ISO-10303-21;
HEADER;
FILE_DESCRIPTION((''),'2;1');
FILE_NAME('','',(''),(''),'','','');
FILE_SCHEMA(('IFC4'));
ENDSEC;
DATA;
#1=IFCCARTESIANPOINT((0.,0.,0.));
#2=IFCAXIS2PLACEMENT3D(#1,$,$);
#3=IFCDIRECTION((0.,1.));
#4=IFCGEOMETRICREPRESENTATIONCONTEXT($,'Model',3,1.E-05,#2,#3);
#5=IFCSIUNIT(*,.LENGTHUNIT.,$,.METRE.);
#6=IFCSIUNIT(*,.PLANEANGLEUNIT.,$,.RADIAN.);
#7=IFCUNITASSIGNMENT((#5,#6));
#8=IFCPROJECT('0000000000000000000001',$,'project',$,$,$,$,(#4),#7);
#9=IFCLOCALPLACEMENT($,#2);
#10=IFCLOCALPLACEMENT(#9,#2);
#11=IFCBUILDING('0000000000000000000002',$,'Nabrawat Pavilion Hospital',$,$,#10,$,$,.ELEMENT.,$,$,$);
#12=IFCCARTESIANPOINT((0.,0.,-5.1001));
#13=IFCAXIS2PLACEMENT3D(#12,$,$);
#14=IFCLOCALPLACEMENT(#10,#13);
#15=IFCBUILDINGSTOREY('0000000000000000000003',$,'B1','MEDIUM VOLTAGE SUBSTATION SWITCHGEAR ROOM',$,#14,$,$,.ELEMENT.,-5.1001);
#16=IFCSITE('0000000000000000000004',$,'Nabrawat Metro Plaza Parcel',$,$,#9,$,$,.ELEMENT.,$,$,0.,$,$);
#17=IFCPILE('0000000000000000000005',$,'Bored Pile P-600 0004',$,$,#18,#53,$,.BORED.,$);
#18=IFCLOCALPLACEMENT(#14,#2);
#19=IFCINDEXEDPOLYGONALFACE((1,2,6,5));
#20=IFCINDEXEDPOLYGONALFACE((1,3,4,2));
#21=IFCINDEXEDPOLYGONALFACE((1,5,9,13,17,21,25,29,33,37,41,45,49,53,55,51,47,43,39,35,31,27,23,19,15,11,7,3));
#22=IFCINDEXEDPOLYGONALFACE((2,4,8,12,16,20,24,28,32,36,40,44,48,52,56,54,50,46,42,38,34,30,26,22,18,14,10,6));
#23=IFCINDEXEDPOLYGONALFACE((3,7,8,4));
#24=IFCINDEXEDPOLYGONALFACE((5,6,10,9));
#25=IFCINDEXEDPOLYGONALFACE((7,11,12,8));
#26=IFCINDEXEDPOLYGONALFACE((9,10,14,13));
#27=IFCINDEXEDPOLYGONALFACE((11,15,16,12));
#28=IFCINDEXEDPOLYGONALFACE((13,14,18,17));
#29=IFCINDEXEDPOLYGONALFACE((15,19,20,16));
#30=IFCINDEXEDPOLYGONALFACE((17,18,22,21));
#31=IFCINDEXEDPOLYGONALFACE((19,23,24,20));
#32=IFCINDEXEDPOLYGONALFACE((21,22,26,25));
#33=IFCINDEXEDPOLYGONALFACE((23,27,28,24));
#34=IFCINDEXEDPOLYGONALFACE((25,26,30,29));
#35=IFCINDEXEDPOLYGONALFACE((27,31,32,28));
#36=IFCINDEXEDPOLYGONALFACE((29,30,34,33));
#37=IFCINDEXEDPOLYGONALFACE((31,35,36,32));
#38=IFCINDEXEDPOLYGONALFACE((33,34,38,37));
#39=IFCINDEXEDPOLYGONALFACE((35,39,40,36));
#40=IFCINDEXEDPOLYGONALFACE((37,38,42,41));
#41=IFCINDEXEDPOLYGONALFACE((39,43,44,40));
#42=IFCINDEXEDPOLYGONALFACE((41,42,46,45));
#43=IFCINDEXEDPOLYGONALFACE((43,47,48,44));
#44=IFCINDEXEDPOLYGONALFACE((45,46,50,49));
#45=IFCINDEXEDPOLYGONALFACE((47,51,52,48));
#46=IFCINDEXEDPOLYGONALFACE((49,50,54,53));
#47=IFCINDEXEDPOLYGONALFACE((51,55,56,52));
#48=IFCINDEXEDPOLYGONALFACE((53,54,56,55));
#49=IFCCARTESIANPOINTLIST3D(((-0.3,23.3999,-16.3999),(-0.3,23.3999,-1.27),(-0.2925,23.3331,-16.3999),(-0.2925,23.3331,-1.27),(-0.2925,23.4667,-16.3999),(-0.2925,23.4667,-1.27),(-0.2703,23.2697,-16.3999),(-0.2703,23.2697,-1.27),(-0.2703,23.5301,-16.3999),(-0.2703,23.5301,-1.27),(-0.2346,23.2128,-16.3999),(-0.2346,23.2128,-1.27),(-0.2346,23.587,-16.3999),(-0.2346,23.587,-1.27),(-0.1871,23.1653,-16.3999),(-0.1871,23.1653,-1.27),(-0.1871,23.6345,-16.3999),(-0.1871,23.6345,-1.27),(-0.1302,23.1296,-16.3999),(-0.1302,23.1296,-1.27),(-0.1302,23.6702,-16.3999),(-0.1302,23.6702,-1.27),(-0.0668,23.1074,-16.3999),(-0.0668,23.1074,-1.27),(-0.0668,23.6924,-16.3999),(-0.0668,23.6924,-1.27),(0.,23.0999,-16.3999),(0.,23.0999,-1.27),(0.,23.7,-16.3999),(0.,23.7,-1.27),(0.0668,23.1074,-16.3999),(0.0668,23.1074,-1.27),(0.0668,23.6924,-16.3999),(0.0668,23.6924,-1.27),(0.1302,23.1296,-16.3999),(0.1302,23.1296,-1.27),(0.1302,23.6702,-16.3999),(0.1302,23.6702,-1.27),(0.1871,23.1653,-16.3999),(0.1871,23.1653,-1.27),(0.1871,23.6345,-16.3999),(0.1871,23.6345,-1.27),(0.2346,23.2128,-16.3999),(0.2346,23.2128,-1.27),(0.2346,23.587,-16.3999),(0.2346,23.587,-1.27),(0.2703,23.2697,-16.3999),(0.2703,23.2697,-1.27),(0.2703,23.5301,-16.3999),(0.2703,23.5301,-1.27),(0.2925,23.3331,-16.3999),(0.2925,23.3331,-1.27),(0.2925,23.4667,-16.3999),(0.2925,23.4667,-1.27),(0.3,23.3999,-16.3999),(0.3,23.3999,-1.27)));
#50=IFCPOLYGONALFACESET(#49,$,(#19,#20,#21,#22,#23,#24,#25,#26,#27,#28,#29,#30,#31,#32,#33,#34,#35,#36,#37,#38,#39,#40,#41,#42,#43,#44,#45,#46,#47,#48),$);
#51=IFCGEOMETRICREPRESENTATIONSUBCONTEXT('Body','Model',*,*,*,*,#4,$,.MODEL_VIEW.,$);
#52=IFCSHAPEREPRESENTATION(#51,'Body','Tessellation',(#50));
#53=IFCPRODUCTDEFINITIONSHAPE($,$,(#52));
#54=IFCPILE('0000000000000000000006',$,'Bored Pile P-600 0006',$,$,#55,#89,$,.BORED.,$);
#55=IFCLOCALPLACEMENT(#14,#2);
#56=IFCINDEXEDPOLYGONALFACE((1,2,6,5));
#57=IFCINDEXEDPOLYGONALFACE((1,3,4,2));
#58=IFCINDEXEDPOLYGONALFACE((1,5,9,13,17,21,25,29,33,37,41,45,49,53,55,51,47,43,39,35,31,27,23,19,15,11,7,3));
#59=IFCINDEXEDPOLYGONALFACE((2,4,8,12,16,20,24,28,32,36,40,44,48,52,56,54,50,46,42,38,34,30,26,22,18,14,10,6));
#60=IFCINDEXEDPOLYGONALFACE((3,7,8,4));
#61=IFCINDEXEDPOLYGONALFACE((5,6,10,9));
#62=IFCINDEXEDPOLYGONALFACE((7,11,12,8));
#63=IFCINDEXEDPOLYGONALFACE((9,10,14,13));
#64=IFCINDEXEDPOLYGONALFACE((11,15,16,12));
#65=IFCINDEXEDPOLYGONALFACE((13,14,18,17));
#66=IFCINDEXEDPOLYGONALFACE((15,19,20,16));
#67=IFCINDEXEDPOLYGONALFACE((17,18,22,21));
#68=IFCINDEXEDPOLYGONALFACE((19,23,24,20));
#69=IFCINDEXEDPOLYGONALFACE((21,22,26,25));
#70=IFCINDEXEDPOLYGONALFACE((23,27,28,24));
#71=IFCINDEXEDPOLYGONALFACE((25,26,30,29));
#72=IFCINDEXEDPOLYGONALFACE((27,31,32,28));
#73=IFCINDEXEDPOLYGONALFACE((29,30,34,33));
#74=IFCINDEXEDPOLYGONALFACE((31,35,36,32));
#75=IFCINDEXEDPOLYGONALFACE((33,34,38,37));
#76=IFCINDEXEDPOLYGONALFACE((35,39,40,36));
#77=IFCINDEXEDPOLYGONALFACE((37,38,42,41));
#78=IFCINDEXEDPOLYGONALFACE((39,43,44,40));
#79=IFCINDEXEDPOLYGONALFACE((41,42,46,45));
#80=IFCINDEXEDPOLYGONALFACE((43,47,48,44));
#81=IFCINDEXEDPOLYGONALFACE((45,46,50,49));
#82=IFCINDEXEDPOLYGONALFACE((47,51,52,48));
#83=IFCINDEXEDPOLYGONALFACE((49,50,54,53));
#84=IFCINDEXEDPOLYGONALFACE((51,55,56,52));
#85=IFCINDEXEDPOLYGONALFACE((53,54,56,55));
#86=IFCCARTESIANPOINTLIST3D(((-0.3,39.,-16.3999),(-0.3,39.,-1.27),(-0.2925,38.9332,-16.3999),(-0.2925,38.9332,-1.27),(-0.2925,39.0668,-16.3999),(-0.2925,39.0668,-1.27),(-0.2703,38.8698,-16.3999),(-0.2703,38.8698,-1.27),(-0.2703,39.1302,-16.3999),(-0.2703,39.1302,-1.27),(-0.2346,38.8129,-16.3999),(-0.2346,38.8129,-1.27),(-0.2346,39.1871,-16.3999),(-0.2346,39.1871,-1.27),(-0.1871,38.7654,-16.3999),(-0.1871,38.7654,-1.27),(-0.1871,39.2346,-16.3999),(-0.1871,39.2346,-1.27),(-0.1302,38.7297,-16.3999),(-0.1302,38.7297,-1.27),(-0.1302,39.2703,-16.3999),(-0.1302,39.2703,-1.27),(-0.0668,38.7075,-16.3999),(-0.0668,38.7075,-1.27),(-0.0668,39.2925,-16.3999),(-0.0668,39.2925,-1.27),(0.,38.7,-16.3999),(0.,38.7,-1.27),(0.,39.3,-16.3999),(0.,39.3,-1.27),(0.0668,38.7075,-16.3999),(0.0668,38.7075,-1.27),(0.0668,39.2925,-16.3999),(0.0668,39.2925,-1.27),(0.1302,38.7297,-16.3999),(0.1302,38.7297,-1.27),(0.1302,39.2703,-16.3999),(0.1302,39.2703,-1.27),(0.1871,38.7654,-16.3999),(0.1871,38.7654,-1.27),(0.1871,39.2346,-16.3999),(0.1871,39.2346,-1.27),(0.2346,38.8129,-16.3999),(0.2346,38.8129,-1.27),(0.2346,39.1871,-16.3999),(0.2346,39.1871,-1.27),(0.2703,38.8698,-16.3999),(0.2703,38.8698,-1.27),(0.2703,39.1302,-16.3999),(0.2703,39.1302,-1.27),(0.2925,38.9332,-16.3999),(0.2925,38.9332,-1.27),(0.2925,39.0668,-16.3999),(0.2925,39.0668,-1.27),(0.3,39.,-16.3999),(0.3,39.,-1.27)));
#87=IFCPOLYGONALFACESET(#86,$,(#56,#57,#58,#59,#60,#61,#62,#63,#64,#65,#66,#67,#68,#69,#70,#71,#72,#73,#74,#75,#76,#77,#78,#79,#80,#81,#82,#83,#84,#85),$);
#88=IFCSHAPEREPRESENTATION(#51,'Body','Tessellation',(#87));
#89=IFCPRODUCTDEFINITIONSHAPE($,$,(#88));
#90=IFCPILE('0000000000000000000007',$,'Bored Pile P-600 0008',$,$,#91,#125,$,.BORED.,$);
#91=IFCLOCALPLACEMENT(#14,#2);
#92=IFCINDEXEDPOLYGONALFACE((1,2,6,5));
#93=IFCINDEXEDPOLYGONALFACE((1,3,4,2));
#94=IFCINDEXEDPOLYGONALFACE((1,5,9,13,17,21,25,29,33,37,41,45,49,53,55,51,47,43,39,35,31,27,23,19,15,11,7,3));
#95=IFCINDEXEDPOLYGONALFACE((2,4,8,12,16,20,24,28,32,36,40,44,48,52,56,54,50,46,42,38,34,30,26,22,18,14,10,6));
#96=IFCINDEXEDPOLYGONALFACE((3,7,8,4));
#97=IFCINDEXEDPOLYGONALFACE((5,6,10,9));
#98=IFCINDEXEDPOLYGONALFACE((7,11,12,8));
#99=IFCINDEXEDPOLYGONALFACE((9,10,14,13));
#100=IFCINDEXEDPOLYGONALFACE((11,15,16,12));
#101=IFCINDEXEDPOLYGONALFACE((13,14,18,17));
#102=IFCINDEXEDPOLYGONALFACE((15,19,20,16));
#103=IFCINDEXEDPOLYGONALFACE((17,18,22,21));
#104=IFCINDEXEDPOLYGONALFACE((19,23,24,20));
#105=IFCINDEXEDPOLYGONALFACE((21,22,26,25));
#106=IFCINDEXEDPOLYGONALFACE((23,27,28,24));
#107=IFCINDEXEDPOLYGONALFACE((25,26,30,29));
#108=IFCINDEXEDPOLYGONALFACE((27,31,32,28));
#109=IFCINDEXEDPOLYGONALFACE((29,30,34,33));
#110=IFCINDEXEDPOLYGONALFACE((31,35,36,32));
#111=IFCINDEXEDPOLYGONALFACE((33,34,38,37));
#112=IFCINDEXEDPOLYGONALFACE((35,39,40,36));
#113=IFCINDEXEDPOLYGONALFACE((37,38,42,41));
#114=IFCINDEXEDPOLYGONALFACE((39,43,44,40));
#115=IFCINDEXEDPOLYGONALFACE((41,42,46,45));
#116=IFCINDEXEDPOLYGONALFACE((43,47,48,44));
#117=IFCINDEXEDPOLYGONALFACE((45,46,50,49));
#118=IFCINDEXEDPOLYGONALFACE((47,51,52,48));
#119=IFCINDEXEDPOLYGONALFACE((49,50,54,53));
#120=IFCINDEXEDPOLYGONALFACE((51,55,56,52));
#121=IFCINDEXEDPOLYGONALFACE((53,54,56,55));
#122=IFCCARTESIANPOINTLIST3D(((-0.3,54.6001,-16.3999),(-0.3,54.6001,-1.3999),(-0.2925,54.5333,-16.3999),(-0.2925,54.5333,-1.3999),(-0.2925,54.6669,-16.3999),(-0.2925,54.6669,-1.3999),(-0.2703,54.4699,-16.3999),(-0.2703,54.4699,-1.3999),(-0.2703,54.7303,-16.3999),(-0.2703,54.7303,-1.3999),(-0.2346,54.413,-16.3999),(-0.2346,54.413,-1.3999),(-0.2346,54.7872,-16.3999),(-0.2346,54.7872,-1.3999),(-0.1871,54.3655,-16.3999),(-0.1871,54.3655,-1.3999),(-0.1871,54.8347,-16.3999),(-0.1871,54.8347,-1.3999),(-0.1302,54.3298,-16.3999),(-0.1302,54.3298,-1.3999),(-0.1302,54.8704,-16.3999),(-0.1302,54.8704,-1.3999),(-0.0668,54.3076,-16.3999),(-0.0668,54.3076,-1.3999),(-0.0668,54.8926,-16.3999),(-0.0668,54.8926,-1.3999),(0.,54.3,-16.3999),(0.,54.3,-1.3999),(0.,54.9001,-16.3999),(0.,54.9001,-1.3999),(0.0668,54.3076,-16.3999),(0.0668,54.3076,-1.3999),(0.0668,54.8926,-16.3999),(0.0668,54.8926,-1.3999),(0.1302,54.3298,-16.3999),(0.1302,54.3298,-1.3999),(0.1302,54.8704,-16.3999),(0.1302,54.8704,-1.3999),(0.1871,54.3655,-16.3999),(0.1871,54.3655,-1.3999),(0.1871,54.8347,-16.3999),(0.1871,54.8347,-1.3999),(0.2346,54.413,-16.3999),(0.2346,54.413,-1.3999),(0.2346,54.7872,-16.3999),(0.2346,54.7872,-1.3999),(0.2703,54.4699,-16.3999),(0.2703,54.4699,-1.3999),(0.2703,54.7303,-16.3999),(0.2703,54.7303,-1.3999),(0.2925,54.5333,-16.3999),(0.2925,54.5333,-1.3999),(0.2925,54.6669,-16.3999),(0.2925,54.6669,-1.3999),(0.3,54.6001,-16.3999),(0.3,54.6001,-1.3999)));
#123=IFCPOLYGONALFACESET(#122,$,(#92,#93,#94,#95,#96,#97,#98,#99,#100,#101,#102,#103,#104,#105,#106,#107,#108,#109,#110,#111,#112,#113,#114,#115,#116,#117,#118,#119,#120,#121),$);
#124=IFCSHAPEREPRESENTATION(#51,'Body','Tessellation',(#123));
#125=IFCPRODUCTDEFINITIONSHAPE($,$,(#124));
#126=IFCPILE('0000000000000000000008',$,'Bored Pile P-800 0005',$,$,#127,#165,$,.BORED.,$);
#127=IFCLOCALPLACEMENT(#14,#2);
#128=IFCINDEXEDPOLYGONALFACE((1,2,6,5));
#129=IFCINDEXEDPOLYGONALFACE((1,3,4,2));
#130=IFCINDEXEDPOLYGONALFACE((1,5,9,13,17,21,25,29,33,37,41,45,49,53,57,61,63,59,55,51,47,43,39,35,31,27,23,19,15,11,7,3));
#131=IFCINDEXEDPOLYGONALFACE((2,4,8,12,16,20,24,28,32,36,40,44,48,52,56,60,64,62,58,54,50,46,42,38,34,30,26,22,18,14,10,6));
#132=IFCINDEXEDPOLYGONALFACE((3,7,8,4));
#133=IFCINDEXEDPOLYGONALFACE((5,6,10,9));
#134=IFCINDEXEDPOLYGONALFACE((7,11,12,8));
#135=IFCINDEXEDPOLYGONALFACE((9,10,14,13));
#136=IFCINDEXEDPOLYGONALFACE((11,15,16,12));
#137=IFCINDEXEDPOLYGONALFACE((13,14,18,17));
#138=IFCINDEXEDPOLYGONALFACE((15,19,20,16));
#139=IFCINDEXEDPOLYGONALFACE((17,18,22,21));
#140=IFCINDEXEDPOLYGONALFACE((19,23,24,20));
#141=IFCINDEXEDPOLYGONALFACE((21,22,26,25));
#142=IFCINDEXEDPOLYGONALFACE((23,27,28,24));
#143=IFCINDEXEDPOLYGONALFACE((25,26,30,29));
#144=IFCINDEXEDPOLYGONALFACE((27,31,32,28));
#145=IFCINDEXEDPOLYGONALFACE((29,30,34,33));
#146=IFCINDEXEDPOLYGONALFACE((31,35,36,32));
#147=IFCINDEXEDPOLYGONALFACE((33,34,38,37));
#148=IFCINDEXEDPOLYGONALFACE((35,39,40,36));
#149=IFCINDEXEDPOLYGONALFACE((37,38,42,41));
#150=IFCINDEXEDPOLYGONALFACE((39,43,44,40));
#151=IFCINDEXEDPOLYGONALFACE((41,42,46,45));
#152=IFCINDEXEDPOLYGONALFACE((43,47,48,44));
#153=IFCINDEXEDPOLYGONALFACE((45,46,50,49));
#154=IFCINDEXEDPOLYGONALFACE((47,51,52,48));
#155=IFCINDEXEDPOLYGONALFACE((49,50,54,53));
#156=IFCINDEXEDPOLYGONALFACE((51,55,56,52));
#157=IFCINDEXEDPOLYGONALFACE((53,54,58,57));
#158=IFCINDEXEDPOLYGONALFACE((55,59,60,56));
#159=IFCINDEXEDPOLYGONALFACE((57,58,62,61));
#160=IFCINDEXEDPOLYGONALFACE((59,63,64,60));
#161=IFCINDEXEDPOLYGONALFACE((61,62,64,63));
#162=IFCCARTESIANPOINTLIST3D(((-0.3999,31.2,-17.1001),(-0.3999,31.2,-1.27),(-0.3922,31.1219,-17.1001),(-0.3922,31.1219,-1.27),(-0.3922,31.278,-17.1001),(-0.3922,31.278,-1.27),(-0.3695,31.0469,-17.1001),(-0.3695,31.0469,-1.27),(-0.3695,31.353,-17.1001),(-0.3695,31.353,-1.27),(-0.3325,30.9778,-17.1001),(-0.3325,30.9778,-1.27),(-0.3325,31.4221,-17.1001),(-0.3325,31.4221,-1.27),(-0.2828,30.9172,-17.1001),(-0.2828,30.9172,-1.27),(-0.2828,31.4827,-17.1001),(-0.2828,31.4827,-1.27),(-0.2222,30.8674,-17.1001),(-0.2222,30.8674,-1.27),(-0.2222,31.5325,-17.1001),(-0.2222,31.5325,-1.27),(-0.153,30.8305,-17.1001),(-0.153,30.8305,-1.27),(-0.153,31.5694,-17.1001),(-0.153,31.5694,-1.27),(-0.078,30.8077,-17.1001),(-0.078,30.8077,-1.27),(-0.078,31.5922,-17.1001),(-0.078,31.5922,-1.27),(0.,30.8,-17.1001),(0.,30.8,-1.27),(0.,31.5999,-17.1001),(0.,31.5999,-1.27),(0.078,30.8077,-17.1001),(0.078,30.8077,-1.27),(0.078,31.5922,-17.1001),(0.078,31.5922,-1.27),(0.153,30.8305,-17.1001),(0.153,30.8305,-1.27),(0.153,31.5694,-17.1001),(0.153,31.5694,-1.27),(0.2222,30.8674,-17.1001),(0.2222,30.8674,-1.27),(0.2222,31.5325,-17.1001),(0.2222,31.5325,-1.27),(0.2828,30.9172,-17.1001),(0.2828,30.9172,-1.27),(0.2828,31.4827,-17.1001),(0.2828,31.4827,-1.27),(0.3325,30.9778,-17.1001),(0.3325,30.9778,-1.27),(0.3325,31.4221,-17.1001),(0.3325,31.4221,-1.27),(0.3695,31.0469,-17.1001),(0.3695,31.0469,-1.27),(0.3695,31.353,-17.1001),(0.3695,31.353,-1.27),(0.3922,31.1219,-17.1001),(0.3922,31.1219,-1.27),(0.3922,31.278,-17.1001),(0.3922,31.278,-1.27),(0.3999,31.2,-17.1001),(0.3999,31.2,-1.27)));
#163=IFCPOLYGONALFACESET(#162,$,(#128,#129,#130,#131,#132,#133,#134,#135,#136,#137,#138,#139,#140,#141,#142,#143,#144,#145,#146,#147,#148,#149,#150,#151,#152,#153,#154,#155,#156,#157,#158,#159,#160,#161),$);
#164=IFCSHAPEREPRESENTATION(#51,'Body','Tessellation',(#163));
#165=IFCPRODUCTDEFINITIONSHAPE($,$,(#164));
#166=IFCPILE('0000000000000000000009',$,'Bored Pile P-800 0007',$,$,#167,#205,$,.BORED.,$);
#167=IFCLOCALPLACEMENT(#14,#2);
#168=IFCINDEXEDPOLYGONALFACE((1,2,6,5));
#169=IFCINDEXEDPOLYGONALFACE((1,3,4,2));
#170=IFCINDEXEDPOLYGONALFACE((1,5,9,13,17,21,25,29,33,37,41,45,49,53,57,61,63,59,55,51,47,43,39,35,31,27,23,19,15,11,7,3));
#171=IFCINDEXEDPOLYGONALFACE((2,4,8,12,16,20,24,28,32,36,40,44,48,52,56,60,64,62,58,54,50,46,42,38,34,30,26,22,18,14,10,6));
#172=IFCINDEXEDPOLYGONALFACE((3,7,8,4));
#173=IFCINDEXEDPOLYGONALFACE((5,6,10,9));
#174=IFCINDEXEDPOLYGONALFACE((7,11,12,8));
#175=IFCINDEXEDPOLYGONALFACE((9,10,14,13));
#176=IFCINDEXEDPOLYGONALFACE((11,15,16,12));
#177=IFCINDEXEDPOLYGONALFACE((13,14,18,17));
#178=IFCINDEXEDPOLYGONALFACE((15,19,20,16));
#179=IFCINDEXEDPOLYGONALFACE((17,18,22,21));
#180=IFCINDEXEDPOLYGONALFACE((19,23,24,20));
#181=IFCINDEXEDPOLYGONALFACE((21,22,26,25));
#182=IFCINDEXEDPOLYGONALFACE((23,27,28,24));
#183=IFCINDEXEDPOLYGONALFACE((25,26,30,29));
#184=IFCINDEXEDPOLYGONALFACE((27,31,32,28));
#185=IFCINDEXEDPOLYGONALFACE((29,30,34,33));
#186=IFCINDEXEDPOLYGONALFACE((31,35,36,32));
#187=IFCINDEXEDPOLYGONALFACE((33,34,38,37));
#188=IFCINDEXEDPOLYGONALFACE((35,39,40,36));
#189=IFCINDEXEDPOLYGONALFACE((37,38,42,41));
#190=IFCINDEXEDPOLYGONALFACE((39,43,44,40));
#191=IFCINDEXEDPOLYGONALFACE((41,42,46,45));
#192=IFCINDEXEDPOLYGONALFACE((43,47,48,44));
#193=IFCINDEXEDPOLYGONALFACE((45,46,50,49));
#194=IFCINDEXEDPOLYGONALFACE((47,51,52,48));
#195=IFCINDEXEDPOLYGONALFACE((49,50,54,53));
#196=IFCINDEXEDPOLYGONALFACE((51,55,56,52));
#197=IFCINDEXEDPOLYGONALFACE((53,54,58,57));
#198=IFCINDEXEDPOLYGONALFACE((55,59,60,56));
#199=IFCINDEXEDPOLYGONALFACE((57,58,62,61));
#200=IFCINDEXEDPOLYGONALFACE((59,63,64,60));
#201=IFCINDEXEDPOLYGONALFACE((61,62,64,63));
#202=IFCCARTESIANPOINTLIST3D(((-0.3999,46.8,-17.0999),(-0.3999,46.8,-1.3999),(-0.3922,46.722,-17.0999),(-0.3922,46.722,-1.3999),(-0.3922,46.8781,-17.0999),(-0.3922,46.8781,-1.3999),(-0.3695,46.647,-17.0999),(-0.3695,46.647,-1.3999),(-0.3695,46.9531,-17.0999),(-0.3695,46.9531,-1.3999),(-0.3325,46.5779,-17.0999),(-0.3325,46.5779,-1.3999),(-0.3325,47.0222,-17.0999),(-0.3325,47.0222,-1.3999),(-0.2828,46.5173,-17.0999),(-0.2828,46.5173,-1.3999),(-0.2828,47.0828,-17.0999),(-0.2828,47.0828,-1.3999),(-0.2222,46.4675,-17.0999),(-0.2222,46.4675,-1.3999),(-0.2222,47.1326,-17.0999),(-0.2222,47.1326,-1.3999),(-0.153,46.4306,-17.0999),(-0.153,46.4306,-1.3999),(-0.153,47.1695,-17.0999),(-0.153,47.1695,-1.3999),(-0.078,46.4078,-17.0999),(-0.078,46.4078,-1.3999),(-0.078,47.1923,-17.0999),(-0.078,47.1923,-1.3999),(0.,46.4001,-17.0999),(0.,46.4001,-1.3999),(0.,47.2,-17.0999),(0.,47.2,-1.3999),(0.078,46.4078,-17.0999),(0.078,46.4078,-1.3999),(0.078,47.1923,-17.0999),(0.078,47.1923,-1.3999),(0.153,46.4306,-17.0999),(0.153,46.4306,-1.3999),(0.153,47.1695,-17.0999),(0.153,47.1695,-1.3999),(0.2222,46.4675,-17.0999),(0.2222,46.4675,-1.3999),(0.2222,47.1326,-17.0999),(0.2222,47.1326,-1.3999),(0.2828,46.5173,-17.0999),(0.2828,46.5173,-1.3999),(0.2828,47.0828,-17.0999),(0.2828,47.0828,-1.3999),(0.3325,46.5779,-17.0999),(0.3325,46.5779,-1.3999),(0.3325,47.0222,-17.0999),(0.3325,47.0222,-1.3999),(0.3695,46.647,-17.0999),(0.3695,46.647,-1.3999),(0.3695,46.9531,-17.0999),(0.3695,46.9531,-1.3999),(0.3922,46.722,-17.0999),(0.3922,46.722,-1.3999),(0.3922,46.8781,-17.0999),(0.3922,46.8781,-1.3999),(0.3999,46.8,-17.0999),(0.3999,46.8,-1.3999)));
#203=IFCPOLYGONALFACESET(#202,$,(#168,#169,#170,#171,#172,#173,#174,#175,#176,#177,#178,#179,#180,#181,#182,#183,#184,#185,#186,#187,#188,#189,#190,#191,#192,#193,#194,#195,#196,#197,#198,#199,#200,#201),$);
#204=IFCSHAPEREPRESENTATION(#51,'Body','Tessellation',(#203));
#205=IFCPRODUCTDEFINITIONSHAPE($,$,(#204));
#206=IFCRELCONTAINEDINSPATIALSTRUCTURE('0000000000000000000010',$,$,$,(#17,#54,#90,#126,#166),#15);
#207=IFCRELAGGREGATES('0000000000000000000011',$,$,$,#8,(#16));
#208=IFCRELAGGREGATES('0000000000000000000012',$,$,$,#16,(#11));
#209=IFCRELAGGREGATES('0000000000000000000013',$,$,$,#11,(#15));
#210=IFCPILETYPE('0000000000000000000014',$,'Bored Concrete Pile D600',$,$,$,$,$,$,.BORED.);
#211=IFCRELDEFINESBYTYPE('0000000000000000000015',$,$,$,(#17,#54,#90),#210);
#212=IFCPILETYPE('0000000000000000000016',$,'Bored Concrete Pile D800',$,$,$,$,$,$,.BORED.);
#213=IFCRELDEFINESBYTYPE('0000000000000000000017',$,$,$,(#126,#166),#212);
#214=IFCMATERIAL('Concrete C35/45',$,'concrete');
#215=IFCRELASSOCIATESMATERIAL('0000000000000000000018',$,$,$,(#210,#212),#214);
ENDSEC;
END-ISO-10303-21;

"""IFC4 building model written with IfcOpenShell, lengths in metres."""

from ifc_helpers import new_model, si_unit, direction, frame, origin, origin_2d, place, context, subcontext, project, spatial, circle, extrude, material, material_profile, profile_set, type_object, element, save


model = new_model("IFC4")

# Units and contexts
model_context = context("Model", 3, precision=1e-05, world=origin(), true_north=direction((0.0, 1.0)))
body_context = subcontext(model_context, "Body", "Model", "MODEL_VIEW")
ifc_project = project(units=[si_unit("LENGTHUNIT", "METRE"), si_unit("PLANEANGLEUNIT", "RADIAN")], contexts=[model_context])

# Site, building, storey
site_placement = place(None, origin())
site = spatial("IfcSite", under=ifc_project, at=site_placement, Name="Nabrawat Metro Plaza Parcel", CompositionType="ELEMENT", RefElevation=0.0)
building_placement = place(site_placement, origin())
building = spatial("IfcBuilding", under=site, at=building_placement, Name="Nabrawat Pavilion Hospital", CompositionType="ELEMENT")
storey_placement = place(building_placement, frame((0.0, 0.0, -5.1001)))
storey = spatial("IfcBuildingStorey", under=building, at=storey_placement, Name="B1", Description="MEDIUM VOLTAGE SUBSTATION SWITCHGEAR ROOM", CompositionType="ELEMENT", Elevation=-5.1001)

# Piles
ifc_material_1 = material(Name="Concrete C35/45", Category="concrete")
ifc_material_profile_1 = material_profile(ifc_material_1, circle(Radius=0.3, at=origin_2d()), Name="DIA 600")
ifc_profile_set_1 = profile_set([ifc_material_profile_1], Name="Concrete C35/45")
pile_type_1 = type_object("IfcPileType", Name="Bored Concrete Pile D600", PredefinedType="BORED", material=ifc_profile_set_1)
for number, where, z_axis, x_axis, name in (
    (1, (0.0, 23.3999, -1.27), (0.0, 0.0, -1.0), (1.0, 0.0, 0.0), "Bored Pile P-600 0004"),
    (2, (0.0, 39.0, -1.27), (0.0, 0.0, -1.0), (1.0, 0.0, 0.0), "Bored Pile P-600 0006"),
):
    element("IfcPile", number, at=place(storey_placement, frame(where, z_axis=z_axis, x_axis=x_axis)), inside=storey, type_object=pile_type_1, Name=name, PredefinedType="BORED", context=body_context, shape_type="SweptSolid", body=[
        extrude(circle(Radius=0.3, at=origin_2d()), origin(), (0.0, 0.0, 1.0), 15.1299),
    ])
pile_1_placement = place(storey_placement, frame((0.0, 54.6001, -1.3999), z_axis=(0.0, 0.0, -1.0), x_axis=(1.0, 0.0, 0.0)))
element("IfcPile", 3, at=pile_1_placement, inside=storey, type_object=pile_type_1, Name="Bored Pile P-600 0008", PredefinedType="BORED", context=body_context, shape_type="SweptSolid", body=[
    extrude(circle(Radius=0.3, at=origin_2d()), origin(), (0.0, 0.0, 1.0), 15.0),
])
ifc_material_profile_2 = material_profile(ifc_material_1, circle(Radius=0.3999, at=origin_2d()), Name="DIA 800")
ifc_profile_set_2 = profile_set([ifc_material_profile_2], Name="Concrete C35/45")
pile_type_2 = type_object("IfcPileType", Name="Bored Concrete Pile D800", PredefinedType="BORED", material=ifc_profile_set_2)
pile_2_placement = place(storey_placement, frame((0.0, 31.2, -1.27), z_axis=(0.0, 0.0, -1.0), x_axis=(1.0, 0.0, 0.0)))
element("IfcPile", 4, at=pile_2_placement, inside=storey, type_object=pile_type_2, Name="Bored Pile P-800 0005", PredefinedType="BORED", context=body_context, shape_type="SweptSolid", body=[
    extrude(circle(Radius=0.3999, at=origin_2d()), origin(), (0.0, 0.0, 1.0), 15.8301),
])
pile_3_placement = place(storey_placement, frame((0.0, 46.8, -1.3999), z_axis=(0.0, 0.0, -1.0), x_axis=(1.0, 0.0, 0.0)))
element("IfcPile", 5, at=pile_3_placement, inside=storey, type_object=pile_type_2, Name="Bored Pile P-800 0007", PredefinedType="BORED", context=body_context, shape_type="SweptSolid", body=[
    extrude(circle(Radius=0.3999, at=origin_2d()), origin(), (0.0, 0.0, 1.0), 15.7),
])

save(model, "model.ifc")
